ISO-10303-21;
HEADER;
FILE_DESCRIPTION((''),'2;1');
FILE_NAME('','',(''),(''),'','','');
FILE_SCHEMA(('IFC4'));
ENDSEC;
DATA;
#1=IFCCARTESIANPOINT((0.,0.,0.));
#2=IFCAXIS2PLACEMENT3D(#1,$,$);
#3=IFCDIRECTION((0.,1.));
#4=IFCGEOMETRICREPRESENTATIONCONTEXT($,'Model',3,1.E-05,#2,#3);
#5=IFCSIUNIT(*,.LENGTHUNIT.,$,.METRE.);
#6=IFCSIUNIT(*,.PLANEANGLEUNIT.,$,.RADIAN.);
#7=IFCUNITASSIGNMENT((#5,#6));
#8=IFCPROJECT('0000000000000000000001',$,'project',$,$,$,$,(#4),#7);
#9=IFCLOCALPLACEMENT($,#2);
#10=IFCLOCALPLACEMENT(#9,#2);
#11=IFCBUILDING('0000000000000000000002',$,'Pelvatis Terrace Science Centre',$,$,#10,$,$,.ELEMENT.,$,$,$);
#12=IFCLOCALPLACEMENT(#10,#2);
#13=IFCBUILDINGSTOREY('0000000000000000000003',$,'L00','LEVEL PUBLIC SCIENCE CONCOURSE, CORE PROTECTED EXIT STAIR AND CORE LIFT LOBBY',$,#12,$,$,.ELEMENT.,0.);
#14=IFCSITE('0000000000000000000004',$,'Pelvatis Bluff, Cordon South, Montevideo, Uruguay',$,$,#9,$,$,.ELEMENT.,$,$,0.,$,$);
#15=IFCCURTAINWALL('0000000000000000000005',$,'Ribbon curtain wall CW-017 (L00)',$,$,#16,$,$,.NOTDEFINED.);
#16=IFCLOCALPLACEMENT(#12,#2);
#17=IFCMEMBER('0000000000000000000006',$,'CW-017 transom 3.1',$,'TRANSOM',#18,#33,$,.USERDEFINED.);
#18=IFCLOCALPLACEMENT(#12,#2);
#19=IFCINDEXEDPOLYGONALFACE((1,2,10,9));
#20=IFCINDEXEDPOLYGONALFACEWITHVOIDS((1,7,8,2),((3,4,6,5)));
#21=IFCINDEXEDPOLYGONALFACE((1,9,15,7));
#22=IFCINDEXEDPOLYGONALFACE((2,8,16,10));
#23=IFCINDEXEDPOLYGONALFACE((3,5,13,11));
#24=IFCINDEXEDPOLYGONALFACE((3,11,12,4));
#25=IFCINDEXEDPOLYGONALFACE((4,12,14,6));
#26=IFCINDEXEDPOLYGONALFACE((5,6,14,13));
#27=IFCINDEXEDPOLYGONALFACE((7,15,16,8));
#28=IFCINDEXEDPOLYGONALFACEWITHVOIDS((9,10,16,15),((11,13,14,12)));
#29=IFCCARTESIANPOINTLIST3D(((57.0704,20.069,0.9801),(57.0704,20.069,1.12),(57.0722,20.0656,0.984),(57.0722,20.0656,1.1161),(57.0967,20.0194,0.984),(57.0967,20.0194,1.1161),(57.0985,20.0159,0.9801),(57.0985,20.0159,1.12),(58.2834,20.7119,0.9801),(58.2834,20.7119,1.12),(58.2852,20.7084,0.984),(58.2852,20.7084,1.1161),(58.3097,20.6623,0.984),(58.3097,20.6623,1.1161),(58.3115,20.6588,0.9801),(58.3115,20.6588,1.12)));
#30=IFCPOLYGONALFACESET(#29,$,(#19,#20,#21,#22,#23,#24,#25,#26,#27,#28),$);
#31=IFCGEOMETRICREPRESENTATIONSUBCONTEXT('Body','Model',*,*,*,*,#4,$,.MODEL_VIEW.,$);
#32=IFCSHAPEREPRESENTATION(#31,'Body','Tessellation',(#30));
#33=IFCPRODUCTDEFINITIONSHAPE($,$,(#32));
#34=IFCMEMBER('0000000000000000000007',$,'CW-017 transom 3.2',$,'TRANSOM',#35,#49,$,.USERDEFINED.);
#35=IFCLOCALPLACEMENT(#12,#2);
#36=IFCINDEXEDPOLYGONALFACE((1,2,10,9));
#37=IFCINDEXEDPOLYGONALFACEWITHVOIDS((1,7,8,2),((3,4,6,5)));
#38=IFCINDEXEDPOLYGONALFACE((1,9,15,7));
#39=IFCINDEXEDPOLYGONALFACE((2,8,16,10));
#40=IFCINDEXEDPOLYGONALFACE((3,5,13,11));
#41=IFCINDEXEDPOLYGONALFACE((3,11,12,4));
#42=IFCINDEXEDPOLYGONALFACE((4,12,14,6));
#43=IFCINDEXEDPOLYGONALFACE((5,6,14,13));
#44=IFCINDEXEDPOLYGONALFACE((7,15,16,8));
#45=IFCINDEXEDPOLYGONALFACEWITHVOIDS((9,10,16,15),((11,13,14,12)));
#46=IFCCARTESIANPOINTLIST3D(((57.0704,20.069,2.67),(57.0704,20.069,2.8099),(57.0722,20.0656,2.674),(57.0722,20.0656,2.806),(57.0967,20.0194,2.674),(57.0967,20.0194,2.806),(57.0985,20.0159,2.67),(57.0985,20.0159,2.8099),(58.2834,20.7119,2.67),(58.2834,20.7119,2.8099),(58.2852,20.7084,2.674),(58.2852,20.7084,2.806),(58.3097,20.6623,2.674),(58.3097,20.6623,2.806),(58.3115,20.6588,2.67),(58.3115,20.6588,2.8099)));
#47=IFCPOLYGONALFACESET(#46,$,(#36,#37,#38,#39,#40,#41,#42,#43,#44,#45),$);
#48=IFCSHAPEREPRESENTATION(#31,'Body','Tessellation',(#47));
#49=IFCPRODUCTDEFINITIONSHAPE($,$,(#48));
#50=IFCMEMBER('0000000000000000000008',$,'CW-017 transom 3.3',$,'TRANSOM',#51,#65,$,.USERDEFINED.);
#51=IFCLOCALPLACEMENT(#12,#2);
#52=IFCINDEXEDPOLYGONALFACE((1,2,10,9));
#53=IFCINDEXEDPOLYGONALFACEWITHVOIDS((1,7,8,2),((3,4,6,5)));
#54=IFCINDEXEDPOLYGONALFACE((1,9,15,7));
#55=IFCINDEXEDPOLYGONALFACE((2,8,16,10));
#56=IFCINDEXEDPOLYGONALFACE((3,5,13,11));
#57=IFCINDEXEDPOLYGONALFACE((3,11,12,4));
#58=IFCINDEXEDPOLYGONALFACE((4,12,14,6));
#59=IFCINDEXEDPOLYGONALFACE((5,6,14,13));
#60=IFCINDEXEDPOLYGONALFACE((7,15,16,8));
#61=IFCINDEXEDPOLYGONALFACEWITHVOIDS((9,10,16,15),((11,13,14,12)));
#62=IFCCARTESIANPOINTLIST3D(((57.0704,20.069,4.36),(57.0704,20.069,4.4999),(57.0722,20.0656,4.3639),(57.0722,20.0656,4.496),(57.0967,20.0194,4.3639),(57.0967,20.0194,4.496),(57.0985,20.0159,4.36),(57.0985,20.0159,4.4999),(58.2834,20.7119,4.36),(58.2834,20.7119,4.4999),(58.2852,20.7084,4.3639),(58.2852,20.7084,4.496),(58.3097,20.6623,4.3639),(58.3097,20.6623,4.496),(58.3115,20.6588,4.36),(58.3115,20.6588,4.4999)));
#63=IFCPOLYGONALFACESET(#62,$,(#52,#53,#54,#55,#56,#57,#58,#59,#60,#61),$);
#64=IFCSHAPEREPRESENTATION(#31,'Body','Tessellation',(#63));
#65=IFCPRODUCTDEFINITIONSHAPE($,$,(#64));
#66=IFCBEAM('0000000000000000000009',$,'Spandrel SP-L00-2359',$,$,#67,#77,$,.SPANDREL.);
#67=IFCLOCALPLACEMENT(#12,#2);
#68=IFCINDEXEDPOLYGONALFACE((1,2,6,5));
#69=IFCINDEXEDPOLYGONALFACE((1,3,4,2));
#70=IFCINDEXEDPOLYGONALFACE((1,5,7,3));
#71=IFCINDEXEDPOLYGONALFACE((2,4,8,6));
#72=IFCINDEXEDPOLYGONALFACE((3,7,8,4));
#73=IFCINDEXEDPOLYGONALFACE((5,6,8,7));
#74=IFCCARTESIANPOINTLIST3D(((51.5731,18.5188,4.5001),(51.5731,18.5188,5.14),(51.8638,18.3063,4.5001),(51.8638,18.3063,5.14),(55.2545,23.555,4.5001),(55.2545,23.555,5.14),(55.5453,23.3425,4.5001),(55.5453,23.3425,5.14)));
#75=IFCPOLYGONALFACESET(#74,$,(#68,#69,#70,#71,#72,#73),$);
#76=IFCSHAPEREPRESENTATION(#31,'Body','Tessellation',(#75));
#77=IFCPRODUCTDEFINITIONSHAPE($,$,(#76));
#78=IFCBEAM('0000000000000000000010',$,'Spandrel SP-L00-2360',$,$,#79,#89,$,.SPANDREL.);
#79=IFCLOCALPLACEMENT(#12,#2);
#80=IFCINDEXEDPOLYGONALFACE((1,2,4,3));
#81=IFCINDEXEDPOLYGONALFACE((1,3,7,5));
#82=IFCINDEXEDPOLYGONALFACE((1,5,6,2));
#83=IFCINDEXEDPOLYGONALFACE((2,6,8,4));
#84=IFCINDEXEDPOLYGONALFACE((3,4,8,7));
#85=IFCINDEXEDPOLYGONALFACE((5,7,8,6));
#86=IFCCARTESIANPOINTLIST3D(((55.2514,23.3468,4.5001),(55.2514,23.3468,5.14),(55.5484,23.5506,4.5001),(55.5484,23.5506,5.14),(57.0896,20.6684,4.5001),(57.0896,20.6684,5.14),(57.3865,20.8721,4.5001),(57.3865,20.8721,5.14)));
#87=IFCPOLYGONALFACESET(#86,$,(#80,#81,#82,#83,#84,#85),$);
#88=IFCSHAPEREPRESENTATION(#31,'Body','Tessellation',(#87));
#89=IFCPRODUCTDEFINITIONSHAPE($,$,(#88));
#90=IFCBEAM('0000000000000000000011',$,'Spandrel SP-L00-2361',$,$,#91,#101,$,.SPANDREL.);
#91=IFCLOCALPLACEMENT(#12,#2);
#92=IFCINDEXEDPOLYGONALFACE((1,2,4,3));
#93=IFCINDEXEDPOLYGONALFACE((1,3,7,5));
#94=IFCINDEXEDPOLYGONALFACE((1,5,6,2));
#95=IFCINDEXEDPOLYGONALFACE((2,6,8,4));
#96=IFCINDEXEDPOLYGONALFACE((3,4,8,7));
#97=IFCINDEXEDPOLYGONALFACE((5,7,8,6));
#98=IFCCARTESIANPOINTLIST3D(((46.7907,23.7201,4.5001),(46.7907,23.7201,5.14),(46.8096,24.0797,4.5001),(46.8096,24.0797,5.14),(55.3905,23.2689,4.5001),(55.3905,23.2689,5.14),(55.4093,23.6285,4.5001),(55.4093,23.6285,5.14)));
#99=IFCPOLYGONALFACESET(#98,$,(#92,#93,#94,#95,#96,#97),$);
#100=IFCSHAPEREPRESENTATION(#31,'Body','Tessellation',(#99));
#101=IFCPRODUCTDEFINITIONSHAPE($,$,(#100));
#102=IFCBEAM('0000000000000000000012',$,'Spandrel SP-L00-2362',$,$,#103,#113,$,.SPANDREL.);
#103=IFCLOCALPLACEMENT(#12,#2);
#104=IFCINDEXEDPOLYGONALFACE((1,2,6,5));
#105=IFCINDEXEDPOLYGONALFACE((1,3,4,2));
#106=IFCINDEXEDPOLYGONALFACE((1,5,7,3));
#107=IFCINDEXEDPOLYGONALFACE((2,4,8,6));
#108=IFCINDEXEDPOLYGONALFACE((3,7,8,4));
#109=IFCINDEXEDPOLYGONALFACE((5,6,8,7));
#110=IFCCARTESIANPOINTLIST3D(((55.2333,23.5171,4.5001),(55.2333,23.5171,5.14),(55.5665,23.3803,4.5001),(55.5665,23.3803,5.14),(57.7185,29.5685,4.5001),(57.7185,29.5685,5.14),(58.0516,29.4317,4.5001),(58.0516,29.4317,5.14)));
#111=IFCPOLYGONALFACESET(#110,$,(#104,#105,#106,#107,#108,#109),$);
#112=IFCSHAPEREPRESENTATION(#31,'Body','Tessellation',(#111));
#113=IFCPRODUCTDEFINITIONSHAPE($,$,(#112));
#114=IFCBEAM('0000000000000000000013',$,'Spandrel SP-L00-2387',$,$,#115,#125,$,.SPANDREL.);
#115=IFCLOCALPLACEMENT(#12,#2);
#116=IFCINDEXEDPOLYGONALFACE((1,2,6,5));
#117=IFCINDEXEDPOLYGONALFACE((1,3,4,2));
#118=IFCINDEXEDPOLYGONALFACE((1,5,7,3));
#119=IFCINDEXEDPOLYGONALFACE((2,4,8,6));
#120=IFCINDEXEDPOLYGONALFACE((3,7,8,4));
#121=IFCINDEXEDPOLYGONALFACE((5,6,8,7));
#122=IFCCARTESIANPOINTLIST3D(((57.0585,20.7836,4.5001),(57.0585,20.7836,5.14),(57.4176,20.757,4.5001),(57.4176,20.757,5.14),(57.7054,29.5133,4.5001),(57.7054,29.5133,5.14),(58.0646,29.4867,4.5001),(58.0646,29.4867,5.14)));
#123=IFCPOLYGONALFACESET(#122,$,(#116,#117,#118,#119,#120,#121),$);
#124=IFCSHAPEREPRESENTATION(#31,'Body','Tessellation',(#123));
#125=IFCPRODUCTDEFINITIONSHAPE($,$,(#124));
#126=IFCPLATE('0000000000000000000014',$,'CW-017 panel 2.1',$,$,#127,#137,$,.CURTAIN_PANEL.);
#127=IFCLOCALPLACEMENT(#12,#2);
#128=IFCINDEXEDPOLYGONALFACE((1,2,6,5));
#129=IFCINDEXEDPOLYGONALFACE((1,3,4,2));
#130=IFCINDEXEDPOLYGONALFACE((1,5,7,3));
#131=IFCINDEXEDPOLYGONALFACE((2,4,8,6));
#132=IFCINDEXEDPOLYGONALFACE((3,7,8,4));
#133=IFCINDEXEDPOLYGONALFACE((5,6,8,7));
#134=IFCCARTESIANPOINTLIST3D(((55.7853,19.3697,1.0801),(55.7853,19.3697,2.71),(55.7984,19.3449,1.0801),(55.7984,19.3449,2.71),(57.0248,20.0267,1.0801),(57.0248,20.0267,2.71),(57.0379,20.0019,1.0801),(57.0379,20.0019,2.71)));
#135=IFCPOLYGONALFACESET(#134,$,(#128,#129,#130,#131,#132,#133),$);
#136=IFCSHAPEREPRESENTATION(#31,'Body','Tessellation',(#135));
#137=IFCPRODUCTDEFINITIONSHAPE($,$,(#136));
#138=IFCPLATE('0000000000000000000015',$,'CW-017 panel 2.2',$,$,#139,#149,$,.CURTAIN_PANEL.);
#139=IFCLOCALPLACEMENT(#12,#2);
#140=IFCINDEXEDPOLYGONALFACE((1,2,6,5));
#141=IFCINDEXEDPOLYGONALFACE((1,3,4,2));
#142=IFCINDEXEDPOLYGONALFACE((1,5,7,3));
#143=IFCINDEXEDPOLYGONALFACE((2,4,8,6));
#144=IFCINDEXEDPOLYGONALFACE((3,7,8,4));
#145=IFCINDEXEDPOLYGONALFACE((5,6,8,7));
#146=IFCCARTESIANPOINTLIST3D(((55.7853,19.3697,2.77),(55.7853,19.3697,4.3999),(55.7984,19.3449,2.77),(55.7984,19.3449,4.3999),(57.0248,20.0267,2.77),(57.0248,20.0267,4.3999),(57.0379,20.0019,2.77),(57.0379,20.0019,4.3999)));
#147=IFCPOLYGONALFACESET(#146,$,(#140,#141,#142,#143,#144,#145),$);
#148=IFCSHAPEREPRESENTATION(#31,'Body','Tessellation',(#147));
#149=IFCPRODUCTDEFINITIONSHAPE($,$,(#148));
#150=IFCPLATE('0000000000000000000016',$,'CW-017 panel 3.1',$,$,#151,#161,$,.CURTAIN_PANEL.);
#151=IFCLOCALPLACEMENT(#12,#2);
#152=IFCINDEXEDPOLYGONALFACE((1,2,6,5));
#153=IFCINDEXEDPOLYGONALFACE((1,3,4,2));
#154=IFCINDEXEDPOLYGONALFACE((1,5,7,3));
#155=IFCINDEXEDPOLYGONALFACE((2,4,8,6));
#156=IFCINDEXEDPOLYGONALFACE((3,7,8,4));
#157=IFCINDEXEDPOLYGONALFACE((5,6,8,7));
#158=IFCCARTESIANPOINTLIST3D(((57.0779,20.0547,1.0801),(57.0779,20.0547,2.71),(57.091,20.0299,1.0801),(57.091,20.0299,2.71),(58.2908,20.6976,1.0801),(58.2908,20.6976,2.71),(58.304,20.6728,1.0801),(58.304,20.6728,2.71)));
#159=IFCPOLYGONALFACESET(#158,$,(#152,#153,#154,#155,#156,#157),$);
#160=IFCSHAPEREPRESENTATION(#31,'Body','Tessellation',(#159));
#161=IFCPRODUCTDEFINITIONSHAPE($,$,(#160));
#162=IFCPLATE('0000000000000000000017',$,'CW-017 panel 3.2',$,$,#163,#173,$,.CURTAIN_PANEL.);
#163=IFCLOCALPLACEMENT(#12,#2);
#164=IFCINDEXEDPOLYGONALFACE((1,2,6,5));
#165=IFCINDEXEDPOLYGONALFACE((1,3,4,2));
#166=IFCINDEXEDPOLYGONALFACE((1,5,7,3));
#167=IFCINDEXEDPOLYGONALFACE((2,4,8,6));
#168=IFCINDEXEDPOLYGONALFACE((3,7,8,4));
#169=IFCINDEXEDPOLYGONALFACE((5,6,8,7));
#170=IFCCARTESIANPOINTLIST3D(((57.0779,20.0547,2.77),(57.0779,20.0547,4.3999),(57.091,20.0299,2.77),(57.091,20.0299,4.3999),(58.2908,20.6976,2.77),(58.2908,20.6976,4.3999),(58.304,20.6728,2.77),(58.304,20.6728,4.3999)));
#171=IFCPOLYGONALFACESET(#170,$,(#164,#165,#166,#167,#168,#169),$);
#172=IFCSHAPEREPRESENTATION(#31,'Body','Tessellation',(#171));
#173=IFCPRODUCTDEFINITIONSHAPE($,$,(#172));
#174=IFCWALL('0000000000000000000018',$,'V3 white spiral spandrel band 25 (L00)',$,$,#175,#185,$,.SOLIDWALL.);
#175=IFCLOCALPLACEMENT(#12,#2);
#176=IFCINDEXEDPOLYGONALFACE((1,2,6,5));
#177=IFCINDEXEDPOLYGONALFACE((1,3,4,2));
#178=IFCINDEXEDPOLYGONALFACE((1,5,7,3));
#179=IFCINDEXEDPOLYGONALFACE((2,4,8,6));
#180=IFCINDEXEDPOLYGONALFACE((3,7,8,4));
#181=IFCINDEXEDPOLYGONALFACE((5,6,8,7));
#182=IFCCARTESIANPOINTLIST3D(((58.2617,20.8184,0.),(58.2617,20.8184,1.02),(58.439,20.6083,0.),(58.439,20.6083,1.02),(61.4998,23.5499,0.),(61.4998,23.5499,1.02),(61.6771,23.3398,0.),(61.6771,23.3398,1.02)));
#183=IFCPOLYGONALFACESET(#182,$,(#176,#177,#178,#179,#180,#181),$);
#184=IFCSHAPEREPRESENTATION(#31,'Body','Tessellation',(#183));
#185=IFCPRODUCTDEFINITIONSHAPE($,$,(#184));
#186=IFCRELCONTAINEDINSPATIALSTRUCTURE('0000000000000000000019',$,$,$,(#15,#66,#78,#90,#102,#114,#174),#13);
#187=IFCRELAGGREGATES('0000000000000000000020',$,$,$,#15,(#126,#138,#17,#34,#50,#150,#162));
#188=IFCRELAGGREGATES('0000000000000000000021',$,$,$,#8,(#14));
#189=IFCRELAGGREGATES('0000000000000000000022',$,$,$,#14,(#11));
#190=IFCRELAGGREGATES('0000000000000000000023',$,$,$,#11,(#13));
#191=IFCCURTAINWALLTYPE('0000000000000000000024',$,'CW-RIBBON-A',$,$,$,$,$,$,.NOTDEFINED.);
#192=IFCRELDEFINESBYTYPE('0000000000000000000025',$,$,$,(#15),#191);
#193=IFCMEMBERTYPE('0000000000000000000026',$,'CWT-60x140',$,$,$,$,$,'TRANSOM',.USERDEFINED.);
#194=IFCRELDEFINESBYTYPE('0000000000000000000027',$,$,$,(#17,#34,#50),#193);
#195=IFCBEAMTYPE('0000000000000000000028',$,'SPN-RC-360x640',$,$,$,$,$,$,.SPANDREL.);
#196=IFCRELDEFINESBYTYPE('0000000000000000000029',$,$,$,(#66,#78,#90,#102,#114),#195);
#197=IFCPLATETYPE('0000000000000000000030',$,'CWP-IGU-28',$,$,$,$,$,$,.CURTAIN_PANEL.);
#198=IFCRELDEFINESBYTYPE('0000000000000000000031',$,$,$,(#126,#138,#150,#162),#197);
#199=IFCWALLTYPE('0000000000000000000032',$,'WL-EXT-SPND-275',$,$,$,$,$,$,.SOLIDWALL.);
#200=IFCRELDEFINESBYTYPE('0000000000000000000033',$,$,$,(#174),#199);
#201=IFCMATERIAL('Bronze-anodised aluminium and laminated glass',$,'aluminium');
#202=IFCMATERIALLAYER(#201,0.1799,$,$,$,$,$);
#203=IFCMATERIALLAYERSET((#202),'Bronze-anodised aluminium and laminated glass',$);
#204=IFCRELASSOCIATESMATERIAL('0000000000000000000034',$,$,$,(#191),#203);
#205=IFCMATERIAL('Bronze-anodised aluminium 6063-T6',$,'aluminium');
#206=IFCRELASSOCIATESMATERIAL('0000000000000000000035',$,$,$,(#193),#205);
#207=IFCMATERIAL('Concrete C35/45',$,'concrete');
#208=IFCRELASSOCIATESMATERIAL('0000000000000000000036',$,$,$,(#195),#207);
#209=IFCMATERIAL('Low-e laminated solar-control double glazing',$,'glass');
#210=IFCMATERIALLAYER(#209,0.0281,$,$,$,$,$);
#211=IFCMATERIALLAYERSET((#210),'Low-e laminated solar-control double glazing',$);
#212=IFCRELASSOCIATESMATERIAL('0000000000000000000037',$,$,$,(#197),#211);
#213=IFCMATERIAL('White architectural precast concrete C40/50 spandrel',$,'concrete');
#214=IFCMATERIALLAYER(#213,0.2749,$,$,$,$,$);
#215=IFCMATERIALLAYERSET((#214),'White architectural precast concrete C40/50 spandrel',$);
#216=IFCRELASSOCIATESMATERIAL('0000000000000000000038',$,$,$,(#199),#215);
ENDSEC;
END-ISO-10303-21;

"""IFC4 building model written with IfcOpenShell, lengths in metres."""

from ifc_helpers import new_model, si_unit, direction, frame, frame_2d, origin, origin_2d, place, context, subcontext, project, spatial, rectangle, hollow_rectangle, extrude, material, layer, layer_set, material_profile, profile_set, type_object, element, aggregate, save


model = new_model("IFC4")

# Units and contexts
model_context = context("Model", 3, precision=1e-05, world=origin(), true_north=direction((0.0, 1.0)))
body_context = subcontext(model_context, "Body", "Model", "MODEL_VIEW")
ifc_project = project(units=[si_unit("LENGTHUNIT", "METRE"), si_unit("PLANEANGLEUNIT", "RADIAN")], contexts=[model_context])

# Site, building, storey
site_placement = place(None, origin())
site = spatial("IfcSite", under=ifc_project, at=site_placement, Name="Pelvatis Bluff, Cordon South, Montevideo, Uruguay", CompositionType="ELEMENT", RefElevation=0.0)
building_placement = place(site_placement, origin())
building = spatial("IfcBuilding", under=site, at=building_placement, Name="Pelvatis Terrace Science Centre", CompositionType="ELEMENT")
storey_placement = place(building_placement, origin())
storey = spatial("IfcBuildingStorey", under=building, at=storey_placement, Name="L00", Description="LEVEL PUBLIC SCIENCE CONCOURSE, CORE PROTECTED EXIT STAIR AND CORE LIFT LOBBY", CompositionType="ELEMENT", Elevation=0.0)

# Curtain wall, members
ifc_material_1 = material(Name="Bronze-anodised aluminium and laminated glass", Category="aluminium")
ifc_layer_1 = layer(ifc_material_1, 0.1799)
ifc_layer_set_1 = layer_set([ifc_layer_1], Name="Bronze-anodised aluminium and laminated glass")
curtain_wall_type = type_object("IfcCurtainWallType", Name="CW-RIBBON-A", PredefinedType="NOTDEFINED", material=ifc_layer_set_1)
curtain_wall_placement = place(storey_placement, origin())
curtain_wall = element("IfcCurtainWall", 1, at=curtain_wall_placement, inside=storey, type_object=curtain_wall_type, Name="Ribbon curtain wall CW-017 (L00)", PredefinedType="NOTDEFINED")
ifc_material_2 = material(Name="Bronze-anodised aluminium 6063-T6", Category="aluminium")
ifc_material_profile_1 = material_profile(ifc_material_2, hollow_rectangle(XDim=0.0601, YDim=0.1399, WallThickness=0.0039, at=origin_2d()), Name="ALU-TRN 60x140")
ifc_profile_set_1 = profile_set([ifc_material_profile_1], Name="Bronze-anodised aluminium 6063-T6")
member_type_1 = type_object("IfcMemberType", Name="CWT-60x140", ElementType="TRANSOM", PredefinedType="USERDEFINED", material=ifc_profile_set_1)
member_1_placement = place(storey_placement, frame((57.0845, 20.0425, 1.05), z_axis=(0.883576, 0.468288, 0.0), x_axis=(-0.468288, 0.883576, 0.0)))
member_1 = element("IfcMember", 2, at=member_1_placement, type_object=member_type_1, Name="CW-017 transom 3.1", ObjectType="TRANSOM", PredefinedType="USERDEFINED", context=body_context, shape_type="SweptSolid", body=[
    extrude(hollow_rectangle(XDim=0.0601, YDim=0.1399, WallThickness=0.0039, at=origin_2d()), origin(), (0.0, 0.0, 1.0), 1.3728),
])
member_2_placement = place(storey_placement, frame((57.0845, 20.0425, 2.74), z_axis=(0.883576, 0.468288, 0.0), x_axis=(-0.468288, 0.883576, 0.0)))
member_2 = element("IfcMember", 3, at=member_2_placement, type_object=member_type_1, Name="CW-017 transom 3.2", ObjectType="TRANSOM", PredefinedType="USERDEFINED", context=body_context, shape_type="SweptSolid", body=[
    extrude(hollow_rectangle(XDim=0.0601, YDim=0.1399, WallThickness=0.0039, at=origin_2d()), origin(), (0.0, 0.0, 1.0), 1.3728),
])
member_3_placement = place(storey_placement, frame((57.0845, 20.0425, 4.4299), z_axis=(0.883576, 0.468288, 0.0), x_axis=(-0.468288, 0.883576, 0.0)))
member_3 = element("IfcMember", 4, at=member_3_placement, type_object=member_type_1, Name="CW-017 transom 3.3", ObjectType="TRANSOM", PredefinedType="USERDEFINED", context=body_context, shape_type="SweptSolid", body=[
    extrude(hollow_rectangle(XDim=0.0601, YDim=0.1399, WallThickness=0.0039, at=origin_2d()), origin(), (0.0, 0.0, 1.0), 1.3728),
])

# Beams
ifc_material_3 = material(Name="Concrete C35/45", Category="concrete")
ifc_material_profile_2 = material_profile(ifc_material_3, rectangle(XDim=0.3601, YDim=0.6399, at=origin_2d()), Name="RC-SPN 360x640")
ifc_profile_set_2 = profile_set([ifc_material_profile_2], Name="Concrete C35/45")
beam_type = type_object("IfcBeamType", Name="SPN-RC-360x640", PredefinedType="SPANDREL", material=ifc_profile_set_2)
beam_1_placement = place(storey_placement, frame((55.3999, 23.4487, 4.8201), z_axis=(-0.590136, -0.807304, 0.0), x_axis=(0.807304, -0.590136, 0.0)))
element("IfcBeam", 5, at=beam_1_placement, inside=storey, type_object=beam_type, Name="Spandrel SP-L00-2359", PredefinedType="SPANDREL", context=body_context, shape_type="SweptSolid", body=[
    extrude(rectangle(XDim=0.3601, YDim=0.6399, at=origin_2d()), origin(), (0.0, 0.0, 1.0), 6.2383),
])
beam_2_placement = place(storey_placement, frame((55.3999, 23.4487, 4.8201), z_axis=(0.565836, -0.824517, 0.0), x_axis=(0.824517, 0.565836, 0.0)))
element("IfcBeam", 6, at=beam_2_placement, inside=storey, type_object=beam_type, Name="Spandrel SP-L00-2360", PredefinedType="SPANDREL", context=body_context, shape_type="SweptSolid", body=[
    extrude(rectangle(XDim=0.3601, YDim=0.6399, at=origin_2d()), origin(), (0.0, 0.0, 1.0), 3.2485),
])
beam_3_placement = place(storey_placement, frame((55.3999, 23.4487, 4.8201), z_axis=(-0.998627, 0.052391, 0.0), x_axis=(-0.052391, -0.998627, 0.0)))
element("IfcBeam", 7, at=beam_3_placement, inside=storey, type_object=beam_type, Name="Spandrel SP-L00-2361", PredefinedType="SPANDREL", context=body_context, shape_type="SweptSolid", body=[
    extrude(rectangle(XDim=0.3601, YDim=0.6399, at=origin_2d()), origin(), (0.0, 0.0, 1.0), 8.6116),
])
beam_4_placement = place(storey_placement, frame((55.3999, 23.4487, 4.8201), z_axis=(0.379888, 0.925032, 0.0), x_axis=(-0.925032, 0.379888, 0.0)))
element("IfcBeam", 8, at=beam_4_placement, inside=storey, type_object=beam_type, Name="Spandrel SP-L00-2362", PredefinedType="SPANDREL", context=body_context, shape_type="SweptSolid", body=[
    extrude(rectangle(XDim=0.3601, YDim=0.6399, at=origin_2d()), origin(), (0.0, 0.0, 1.0), 6.5417),
])
beam_5_placement = place(storey_placement, frame((57.238, 20.7703, 4.8201), z_axis=(0.073909, 0.997265, 0.0), x_axis=(-0.997265, 0.073909, 0.0)))
element("IfcBeam", 9, at=beam_5_placement, inside=storey, type_object=beam_type, Name="Spandrel SP-L00-2387", PredefinedType="SPANDREL", context=body_context, shape_type="SweptSolid", body=[
    extrude(rectangle(XDim=0.3601, YDim=0.6399, at=origin_2d()), origin(), (0.0, 0.0, 1.0), 8.7537),
])

# Plates
ifc_material_4 = material(Name="Low-e laminated solar-control double glazing", Category="glass")
ifc_layer_2 = layer(ifc_material_4, 0.0281)
ifc_layer_set_2 = layer_set([ifc_layer_2], Name="Low-e laminated solar-control double glazing")
plate_type = type_object("IfcPlateType", Name="CWP-IGU-28", PredefinedType="CURTAIN_PANEL", material=ifc_layer_set_2)
plate_1_placement = place(storey_placement, frame((56.4116, 19.6858, 1.0801), z_axis=(0.0, 0.0, 1.0), x_axis=(0.883571, 0.468298, 0.0)))
plate_1 = element("IfcPlate", 10, at=plate_1_placement, type_object=plate_type, Name="CW-017 panel 2.1", PredefinedType="CURTAIN_PANEL", context=body_context, shape_type="SweptSolid", body=[
    extrude(rectangle(XDim=1.4028, YDim=0.0281, at=origin_2d()), origin(), (0.0, 0.0, 1.0), 1.6299),
])
plate_2_placement = place(storey_placement, frame((56.4116, 19.6858, 2.77), z_axis=(0.0, 0.0, 1.0), x_axis=(0.883571, 0.468298, 0.0)))
plate_2 = element("IfcPlate", 11, at=plate_2_placement, type_object=plate_type, Name="CW-017 panel 2.2", PredefinedType="CURTAIN_PANEL", context=body_context, shape_type="SweptSolid", body=[
    extrude(rectangle(XDim=1.4028, YDim=0.0281, at=origin_2d()), origin(), (0.0, 0.0, 1.0), 1.6299),
])
plate_3_placement = place(storey_placement, frame((57.6909, 20.3638, 1.0801), z_axis=(0.0, 0.0, 1.0), x_axis=(0.883571, 0.468298, 0.0)))
plate_3 = element("IfcPlate", 12, at=plate_3_placement, type_object=plate_type, Name="CW-017 panel 3.1", PredefinedType="CURTAIN_PANEL", context=body_context, shape_type="SweptSolid", body=[
    extrude(rectangle(XDim=1.3728, YDim=0.0281, at=origin_2d()), origin(), (0.0, 0.0, 1.0), 1.6299),
])
plate_4_placement = place(storey_placement, frame((57.6909, 20.3638, 2.77), z_axis=(0.0, 0.0, 1.0), x_axis=(0.883571, 0.468298, 0.0)))
plate_4 = element("IfcPlate", 13, at=plate_4_placement, type_object=plate_type, Name="CW-017 panel 3.2", PredefinedType="CURTAIN_PANEL", context=body_context, shape_type="SweptSolid", body=[
    extrude(rectangle(XDim=1.3728, YDim=0.0281, at=origin_2d()), origin(), (0.0, 0.0, 1.0), 1.6299),
])
aggregate(curtain_wall, [plate_1, plate_2, member_1, member_2, member_3, plate_3, plate_4])

# Wall
ifc_material_5 = material(Name="White architectural precast concrete C40/50 spandrel", Category="concrete")
ifc_layer_3 = layer(ifc_material_5, 0.2749)
ifc_layer_set_3 = layer_set([ifc_layer_3], Name="White architectural precast concrete C40/50 spandrel")
wall_type = type_object("IfcWallType", Name="WL-EXT-SPND-275", PredefinedType="SOLIDWALL", material=ifc_layer_set_3)
wall_placement = place(storey_placement, frame((58.3503, 20.7134, 0.0), z_axis=(0.0, 0.0, 1.0), x_axis=(0.764367, 0.644782, 0.0)))
element("IfcWall", 14, at=wall_placement, inside=storey, type_object=wall_type, Name="V3 white spiral spandrel band 25 (L00)", PredefinedType="SOLIDWALL", context=body_context, shape_type="SweptSolid", body=[
    extrude(rectangle(XDim=4.2363, YDim=0.2749, at=frame_2d((2.1182, 0.0))), origin(), (0.0, 0.0, 1.0), 1.02),
])

save(model, "model.ifc")
